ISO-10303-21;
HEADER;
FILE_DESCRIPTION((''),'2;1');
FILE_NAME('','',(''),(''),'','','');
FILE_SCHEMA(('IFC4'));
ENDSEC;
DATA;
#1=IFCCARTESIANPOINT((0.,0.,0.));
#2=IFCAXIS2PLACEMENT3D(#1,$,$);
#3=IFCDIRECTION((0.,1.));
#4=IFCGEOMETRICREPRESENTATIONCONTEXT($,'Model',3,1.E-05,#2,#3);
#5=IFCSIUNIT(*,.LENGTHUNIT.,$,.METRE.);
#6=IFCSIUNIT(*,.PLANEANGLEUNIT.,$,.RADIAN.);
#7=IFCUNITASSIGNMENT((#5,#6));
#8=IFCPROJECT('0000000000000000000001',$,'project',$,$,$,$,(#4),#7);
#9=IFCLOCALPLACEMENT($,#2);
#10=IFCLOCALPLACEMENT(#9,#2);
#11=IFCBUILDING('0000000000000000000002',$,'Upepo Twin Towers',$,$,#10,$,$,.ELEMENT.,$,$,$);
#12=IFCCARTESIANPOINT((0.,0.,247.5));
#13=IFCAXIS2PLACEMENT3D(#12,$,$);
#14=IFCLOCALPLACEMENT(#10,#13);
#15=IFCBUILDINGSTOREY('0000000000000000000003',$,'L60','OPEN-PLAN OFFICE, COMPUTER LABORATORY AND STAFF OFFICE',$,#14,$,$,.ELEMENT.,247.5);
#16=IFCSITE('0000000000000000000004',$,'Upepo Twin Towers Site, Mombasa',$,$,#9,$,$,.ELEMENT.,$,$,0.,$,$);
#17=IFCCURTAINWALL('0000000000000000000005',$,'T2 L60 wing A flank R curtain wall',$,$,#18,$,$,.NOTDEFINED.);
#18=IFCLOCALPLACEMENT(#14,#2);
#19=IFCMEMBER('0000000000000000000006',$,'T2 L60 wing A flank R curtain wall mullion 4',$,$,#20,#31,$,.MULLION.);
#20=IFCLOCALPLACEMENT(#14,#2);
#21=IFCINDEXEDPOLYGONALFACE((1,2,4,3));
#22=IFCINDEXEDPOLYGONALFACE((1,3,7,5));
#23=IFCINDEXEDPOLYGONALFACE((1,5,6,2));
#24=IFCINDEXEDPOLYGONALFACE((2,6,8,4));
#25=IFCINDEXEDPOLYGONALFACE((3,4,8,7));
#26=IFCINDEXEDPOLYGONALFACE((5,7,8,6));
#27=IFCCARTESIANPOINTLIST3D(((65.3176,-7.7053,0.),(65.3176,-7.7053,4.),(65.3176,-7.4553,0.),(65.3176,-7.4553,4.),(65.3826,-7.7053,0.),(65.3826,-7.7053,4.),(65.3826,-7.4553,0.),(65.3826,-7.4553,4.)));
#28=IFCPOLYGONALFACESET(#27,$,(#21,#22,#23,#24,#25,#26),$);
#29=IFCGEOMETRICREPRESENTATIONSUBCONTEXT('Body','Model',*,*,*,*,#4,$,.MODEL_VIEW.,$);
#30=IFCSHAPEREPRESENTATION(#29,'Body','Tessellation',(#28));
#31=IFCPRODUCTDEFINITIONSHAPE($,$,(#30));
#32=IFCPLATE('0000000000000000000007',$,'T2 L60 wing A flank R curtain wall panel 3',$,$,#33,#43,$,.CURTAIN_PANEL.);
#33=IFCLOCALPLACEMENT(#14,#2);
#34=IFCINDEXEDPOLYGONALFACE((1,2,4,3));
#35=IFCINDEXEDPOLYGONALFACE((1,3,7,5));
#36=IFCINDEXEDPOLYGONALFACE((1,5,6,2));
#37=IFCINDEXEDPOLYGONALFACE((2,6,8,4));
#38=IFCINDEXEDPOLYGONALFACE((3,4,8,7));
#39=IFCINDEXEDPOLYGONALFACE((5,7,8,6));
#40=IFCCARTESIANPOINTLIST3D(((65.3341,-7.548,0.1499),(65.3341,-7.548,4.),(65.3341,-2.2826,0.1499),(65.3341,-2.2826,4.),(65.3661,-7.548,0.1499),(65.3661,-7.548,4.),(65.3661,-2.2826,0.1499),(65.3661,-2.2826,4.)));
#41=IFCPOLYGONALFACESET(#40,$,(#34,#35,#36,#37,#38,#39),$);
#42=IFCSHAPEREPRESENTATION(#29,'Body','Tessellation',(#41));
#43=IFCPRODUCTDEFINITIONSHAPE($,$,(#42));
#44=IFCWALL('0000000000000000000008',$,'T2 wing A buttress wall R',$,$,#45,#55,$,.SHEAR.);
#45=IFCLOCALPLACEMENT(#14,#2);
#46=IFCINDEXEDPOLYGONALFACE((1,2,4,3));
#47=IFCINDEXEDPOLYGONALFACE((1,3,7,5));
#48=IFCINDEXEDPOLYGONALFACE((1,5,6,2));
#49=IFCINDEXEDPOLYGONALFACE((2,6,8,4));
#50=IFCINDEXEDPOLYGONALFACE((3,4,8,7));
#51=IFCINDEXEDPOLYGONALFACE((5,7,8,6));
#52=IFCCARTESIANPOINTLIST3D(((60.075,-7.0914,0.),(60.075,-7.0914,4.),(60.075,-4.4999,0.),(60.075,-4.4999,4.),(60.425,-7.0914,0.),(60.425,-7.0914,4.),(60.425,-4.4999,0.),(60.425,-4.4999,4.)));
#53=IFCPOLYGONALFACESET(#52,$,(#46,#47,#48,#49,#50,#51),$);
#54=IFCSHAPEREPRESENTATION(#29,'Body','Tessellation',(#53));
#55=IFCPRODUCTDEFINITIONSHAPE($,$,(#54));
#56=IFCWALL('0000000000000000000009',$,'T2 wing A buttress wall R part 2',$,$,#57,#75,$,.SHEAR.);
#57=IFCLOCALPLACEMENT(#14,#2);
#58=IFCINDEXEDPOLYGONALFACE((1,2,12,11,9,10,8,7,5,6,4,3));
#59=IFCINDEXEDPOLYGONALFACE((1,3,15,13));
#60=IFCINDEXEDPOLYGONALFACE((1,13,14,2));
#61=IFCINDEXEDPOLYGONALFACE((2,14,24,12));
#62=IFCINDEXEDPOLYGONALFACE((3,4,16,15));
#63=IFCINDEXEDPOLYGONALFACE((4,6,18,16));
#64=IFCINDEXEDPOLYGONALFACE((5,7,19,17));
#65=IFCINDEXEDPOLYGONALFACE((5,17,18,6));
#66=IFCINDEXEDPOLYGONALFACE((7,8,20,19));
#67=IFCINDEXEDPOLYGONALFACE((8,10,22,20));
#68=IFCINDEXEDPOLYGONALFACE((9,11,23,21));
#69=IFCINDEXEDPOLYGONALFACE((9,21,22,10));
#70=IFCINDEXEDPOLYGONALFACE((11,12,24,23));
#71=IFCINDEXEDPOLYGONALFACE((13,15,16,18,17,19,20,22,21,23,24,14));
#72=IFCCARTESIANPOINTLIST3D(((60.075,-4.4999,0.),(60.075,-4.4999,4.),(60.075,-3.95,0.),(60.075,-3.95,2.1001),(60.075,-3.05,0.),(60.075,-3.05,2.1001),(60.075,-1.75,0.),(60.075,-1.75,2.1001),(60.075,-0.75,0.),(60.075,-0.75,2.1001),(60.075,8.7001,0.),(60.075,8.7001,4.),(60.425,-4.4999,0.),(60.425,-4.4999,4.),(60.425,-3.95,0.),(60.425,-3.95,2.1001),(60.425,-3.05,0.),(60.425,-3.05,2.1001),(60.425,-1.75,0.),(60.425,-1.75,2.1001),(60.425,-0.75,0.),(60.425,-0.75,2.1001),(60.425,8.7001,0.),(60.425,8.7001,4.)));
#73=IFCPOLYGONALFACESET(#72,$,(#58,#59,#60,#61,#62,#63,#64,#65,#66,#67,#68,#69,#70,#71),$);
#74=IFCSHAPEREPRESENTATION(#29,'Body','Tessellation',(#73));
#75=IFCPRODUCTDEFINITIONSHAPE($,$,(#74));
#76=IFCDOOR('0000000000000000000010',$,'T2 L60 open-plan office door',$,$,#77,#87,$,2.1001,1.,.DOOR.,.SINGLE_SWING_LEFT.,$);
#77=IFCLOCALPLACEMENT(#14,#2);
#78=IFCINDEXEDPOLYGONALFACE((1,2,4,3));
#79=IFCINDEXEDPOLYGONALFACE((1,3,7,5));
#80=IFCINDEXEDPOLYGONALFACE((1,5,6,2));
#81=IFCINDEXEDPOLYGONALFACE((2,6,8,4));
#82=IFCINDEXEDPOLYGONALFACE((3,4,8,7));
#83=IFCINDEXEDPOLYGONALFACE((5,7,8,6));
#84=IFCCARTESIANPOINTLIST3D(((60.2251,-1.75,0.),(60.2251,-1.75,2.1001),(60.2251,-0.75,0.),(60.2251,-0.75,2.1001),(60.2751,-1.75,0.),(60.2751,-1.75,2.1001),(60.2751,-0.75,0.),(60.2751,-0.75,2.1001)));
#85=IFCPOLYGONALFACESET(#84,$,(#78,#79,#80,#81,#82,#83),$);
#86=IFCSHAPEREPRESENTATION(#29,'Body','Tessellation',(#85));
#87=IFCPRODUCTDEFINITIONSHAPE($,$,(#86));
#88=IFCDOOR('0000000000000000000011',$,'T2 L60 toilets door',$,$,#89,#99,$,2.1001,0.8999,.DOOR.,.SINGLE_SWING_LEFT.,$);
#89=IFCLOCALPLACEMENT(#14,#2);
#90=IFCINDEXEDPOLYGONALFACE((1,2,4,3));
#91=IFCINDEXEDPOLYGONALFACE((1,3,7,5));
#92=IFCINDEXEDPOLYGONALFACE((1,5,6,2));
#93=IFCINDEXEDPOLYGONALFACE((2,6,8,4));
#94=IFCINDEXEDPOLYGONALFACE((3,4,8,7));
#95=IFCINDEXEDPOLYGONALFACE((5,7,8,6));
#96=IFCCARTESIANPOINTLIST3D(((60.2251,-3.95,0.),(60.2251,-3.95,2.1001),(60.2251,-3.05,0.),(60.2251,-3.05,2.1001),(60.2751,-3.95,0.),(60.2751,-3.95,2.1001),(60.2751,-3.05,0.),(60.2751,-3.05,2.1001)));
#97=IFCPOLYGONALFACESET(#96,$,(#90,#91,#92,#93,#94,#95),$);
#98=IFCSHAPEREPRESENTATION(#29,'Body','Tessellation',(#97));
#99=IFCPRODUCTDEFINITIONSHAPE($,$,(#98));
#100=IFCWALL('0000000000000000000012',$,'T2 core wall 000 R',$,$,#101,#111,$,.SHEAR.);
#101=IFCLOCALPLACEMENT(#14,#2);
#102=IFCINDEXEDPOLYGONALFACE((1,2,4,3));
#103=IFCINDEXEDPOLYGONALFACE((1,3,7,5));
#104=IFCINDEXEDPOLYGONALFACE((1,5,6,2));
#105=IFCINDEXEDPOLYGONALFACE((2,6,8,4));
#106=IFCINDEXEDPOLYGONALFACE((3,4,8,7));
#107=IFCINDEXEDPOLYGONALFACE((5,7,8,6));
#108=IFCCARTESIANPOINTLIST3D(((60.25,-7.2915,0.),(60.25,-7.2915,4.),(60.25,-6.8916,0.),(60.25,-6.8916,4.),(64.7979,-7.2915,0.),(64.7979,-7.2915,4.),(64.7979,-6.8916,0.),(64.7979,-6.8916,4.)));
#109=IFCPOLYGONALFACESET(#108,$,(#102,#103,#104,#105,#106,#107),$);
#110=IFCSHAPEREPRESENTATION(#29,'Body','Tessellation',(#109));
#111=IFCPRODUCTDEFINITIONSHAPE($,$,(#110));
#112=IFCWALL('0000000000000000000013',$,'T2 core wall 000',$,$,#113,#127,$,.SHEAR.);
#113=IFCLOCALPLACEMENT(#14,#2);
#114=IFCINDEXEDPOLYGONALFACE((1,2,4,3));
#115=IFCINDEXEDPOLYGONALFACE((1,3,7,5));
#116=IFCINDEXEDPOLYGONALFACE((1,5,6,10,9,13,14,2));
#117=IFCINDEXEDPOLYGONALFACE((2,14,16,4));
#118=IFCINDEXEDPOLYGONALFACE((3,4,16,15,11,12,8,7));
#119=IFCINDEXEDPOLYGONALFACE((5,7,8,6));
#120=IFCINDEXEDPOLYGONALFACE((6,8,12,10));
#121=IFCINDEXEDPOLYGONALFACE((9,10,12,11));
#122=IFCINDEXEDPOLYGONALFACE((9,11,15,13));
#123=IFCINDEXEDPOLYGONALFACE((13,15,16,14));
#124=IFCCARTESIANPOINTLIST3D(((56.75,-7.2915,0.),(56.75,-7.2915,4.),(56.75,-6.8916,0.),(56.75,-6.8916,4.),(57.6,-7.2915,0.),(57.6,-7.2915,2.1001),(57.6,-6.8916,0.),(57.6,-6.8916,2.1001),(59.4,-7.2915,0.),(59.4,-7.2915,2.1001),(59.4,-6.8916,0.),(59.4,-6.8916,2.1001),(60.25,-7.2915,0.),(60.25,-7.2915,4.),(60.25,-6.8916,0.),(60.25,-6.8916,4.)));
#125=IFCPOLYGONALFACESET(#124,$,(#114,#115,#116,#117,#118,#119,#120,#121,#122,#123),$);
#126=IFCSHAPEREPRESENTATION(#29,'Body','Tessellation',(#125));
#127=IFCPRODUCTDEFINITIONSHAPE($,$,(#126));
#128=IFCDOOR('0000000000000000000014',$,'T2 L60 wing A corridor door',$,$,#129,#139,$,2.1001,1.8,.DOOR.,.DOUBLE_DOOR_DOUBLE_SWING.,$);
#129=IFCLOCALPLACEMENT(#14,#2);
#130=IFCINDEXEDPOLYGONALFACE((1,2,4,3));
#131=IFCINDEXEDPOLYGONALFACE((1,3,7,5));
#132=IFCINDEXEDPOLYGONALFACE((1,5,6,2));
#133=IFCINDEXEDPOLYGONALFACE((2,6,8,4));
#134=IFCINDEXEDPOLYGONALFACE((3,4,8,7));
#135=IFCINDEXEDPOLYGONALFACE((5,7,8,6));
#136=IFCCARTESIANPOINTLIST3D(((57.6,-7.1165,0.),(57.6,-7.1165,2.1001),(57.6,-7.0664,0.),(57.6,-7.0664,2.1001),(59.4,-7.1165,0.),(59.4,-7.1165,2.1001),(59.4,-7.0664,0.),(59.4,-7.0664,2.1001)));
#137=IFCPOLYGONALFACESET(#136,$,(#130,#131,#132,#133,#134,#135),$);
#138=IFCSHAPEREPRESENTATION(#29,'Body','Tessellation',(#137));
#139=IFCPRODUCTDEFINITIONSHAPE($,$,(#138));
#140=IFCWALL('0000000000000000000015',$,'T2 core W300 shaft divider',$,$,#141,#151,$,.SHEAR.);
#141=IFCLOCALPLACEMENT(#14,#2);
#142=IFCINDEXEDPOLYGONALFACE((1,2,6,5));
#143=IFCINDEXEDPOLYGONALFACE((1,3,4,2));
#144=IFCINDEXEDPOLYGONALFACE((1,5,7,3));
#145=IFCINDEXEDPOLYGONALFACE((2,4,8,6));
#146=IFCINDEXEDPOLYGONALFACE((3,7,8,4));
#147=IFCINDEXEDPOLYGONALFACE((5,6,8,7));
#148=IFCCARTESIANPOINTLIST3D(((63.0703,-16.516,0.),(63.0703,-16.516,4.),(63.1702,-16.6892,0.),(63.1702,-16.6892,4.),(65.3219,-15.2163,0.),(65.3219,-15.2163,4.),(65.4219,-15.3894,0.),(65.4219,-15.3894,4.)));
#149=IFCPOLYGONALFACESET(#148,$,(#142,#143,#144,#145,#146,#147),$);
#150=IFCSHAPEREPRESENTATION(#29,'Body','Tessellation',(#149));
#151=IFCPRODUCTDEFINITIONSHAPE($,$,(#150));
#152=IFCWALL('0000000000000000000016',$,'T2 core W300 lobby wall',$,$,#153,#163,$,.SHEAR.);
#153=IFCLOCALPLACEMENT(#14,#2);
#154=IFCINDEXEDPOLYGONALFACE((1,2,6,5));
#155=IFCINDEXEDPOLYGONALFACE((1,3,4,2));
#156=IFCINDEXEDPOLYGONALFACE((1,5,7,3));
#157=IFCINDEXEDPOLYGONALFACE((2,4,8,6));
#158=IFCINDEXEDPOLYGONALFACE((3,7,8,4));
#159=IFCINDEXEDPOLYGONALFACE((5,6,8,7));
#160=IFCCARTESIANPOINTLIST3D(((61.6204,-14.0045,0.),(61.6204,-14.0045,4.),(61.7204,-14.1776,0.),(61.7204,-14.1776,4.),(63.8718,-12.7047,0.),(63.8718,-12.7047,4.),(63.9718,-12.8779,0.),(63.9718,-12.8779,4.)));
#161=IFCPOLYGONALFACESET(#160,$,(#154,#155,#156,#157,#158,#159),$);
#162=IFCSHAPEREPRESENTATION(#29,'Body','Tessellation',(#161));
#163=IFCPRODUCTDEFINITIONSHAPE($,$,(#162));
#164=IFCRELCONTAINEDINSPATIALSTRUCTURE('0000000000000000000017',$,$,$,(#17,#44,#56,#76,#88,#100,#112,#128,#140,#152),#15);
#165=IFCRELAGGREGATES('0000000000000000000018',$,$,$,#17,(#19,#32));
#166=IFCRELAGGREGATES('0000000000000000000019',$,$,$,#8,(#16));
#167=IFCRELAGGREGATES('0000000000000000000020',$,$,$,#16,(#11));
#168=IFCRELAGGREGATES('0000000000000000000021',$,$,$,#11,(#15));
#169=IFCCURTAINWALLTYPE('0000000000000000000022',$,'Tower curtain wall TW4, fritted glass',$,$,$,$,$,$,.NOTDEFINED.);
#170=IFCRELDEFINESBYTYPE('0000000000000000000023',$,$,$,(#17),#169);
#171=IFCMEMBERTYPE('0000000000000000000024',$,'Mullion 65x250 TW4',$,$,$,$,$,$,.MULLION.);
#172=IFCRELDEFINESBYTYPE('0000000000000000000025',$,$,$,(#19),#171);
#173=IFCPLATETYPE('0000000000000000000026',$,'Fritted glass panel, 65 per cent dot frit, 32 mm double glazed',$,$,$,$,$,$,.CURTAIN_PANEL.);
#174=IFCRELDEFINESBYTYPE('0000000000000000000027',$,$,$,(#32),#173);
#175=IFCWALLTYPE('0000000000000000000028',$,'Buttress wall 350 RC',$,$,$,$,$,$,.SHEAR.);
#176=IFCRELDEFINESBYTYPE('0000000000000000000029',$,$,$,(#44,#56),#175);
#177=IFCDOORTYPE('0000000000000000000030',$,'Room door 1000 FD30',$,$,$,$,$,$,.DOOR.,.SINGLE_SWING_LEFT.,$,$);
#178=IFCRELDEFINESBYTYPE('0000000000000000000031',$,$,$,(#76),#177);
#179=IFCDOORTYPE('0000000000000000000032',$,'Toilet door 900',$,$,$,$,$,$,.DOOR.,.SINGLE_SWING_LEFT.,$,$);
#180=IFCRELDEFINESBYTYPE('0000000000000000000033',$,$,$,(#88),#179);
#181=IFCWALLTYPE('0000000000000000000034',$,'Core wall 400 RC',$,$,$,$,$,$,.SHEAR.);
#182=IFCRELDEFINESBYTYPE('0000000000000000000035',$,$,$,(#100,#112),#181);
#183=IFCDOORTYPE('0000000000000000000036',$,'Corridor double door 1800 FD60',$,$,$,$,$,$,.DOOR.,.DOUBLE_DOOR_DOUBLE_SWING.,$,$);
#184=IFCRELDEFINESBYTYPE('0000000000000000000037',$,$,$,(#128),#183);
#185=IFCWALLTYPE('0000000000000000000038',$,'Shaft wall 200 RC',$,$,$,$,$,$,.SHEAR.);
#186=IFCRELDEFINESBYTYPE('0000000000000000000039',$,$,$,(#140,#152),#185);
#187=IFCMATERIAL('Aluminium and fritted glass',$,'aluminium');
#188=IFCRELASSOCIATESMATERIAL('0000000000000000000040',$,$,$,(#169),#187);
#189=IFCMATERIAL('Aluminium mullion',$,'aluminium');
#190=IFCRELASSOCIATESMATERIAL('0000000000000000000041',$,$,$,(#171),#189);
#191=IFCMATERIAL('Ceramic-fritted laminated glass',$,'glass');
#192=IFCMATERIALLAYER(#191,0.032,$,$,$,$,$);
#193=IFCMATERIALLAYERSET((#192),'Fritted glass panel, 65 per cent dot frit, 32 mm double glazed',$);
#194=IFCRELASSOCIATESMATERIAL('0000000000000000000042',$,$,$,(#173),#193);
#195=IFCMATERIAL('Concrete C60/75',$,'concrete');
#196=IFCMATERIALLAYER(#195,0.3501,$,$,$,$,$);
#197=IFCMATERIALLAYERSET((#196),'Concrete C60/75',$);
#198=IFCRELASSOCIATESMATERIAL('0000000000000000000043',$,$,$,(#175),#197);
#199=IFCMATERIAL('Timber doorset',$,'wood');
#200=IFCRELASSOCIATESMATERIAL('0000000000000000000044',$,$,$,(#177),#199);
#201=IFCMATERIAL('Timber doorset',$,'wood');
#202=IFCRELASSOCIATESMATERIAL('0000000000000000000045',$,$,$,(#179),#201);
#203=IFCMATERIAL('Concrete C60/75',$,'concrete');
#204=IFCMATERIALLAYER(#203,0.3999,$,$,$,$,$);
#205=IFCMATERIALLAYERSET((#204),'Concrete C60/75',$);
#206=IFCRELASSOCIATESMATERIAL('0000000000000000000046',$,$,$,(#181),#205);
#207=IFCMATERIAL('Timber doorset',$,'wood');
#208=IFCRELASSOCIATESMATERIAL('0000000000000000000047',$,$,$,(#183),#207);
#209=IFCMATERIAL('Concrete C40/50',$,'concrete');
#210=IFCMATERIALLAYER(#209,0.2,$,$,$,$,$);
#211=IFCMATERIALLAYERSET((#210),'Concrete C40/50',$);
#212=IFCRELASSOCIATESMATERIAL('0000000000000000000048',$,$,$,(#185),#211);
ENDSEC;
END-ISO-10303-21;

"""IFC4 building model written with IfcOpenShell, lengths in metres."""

from ifc_helpers import new_model, si_unit, direction, frame, frame_2d, origin, origin_2d, place, context, subcontext, project, spatial, rectangle, extrude, material, layer, layer_set, material_profile, profile_set, type_object, element, fill, aggregate, save


model = new_model("IFC4")

# Units and contexts
model_context = context("Model", 3, precision=1e-05, world=origin(), true_north=direction((0.0, 1.0)))
body_context = subcontext(model_context, "Body", "Model", "MODEL_VIEW")
ifc_project = project(units=[si_unit("LENGTHUNIT", "METRE"), si_unit("PLANEANGLEUNIT", "RADIAN")], contexts=[model_context])

# Site, building, storey
site_placement = place(None, origin())
site = spatial("IfcSite", under=ifc_project, at=site_placement, Name="Upepo Twin Towers Site, Mombasa", CompositionType="ELEMENT", RefElevation=0.0)
building_placement = place(site_placement, origin())
building = spatial("IfcBuilding", under=site, at=building_placement, Name="Upepo Twin Towers", CompositionType="ELEMENT")
storey_placement = place(building_placement, frame((0.0, 0.0, 247.5)))
storey = spatial("IfcBuildingStorey", under=building, at=storey_placement, Name="L60", Description="OPEN-PLAN OFFICE, COMPUTER LABORATORY AND STAFF OFFICE", CompositionType="ELEMENT", Elevation=247.5)

# Curtain wall, member, plate
ifc_material_1 = material(Name="Aluminium and fritted glass", Category="aluminium")
curtain_wall_type = type_object("IfcCurtainWallType", Name="Tower curtain wall TW4, fritted glass", PredefinedType="NOTDEFINED", material=ifc_material_1)
curtain_wall_placement = place(storey_placement, origin())
curtain_wall = element("IfcCurtainWall", 1, at=curtain_wall_placement, inside=storey, type_object=curtain_wall_type, Name="T2 L60 wing A flank R curtain wall", PredefinedType="NOTDEFINED")
ifc_material_2 = material(Name="Aluminium mullion", Category="aluminium")
ifc_material_profile = material_profile(ifc_material_2, rectangle(XDim=0.0649, YDim=0.25, at=origin_2d()), Name="MULLION 65x250")
ifc_profile_set = profile_set([ifc_material_profile], Name="Aluminium mullion")
member_type = type_object("IfcMemberType", Name="Mullion 65x250 TW4", PredefinedType="MULLION", material=ifc_profile_set)
member_placement = place(storey_placement, frame((65.3501, -7.5803, 0.0), z_axis=(0.0, 0.0, 1.0), x_axis=(1.0, 0.0, 0.0)))
member = element("IfcMember", 2, at=member_placement, type_object=member_type, Name="T2 L60 wing A flank R curtain wall mullion 4", PredefinedType="MULLION", context=body_context, shape_type="SweptSolid", body=[
    extrude(rectangle(XDim=0.0649, YDim=0.25, at=origin_2d()), origin(), (0.0, 0.0, 1.0), 4.0),
])
ifc_material_3 = material(Name="Ceramic-fritted laminated glass", Category="glass")
ifc_layer_1 = layer(ifc_material_3, 0.032)
ifc_layer_set_1 = layer_set([ifc_layer_1], Name="Fritted glass panel, 65 per cent dot frit, 32 mm double glazed")
plate_type = type_object("IfcPlateType", Name="Fritted glass panel, 65 per cent dot frit, 32 mm double glazed", PredefinedType="CURTAIN_PANEL", material=ifc_layer_set_1)
plate_placement = place(storey_placement, frame((65.3501, -4.9153, 0.1499), z_axis=(0.0, 0.0, 1.0), x_axis=(0.0, -1.0, 0.0)))
plate = element("IfcPlate", 3, at=plate_placement, type_object=plate_type, Name="T2 L60 wing A flank R curtain wall panel 3", PredefinedType="CURTAIN_PANEL", context=body_context, shape_type="SweptSolid", body=[
    extrude(rectangle(XDim=5.2654, YDim=0.032, at=origin_2d()), origin(), (0.0, 0.0, 1.0), 3.8501),
])
aggregate(curtain_wall, [member, plate])

# Wall
ifc_material_4 = material(Name="Concrete C60/75", Category="concrete")
ifc_layer_2 = layer(ifc_material_4, 0.3501)
ifc_layer_set_2 = layer_set([ifc_layer_2], Name="Concrete C60/75")
wall_type_1 = type_object("IfcWallType", Name="Buttress wall 350 RC", PredefinedType="SHEAR", material=ifc_layer_set_2)
wall_1_placement = place(storey_placement, frame((60.25, -7.0916, 0.0), z_axis=(0.0, 0.0, 1.0), x_axis=(0.0, 1.0, 0.0)))
element("IfcWall", 4, at=wall_1_placement, inside=storey, type_object=wall_type_1, Name="T2 wing A buttress wall R", PredefinedType="SHEAR", context=body_context, shape_type="SweptSolid", body=[
    extrude(rectangle(XDim=2.5916, YDim=0.3501, at=frame_2d((1.2959, 0.0))), origin(), (0.0, 0.0, 1.0), 4.0),
])

# Wall, openings, doors
wall_2_placement = place(storey_placement, frame((60.25, -4.5, 0.0), z_axis=(0.0, 0.0, 1.0), x_axis=(0.0, 1.0, 0.0)))
wall_2 = element("IfcWall", 5, at=wall_2_placement, inside=storey, type_object=wall_type_1, Name="T2 wing A buttress wall R part 2", PredefinedType="SHEAR", context=body_context, shape_type="SweptSolid", body=[
    extrude(rectangle(XDim=13.2, YDim=0.3501, at=frame_2d((6.6001, 0.0))), origin(), (0.0, 0.0, 1.0), 4.0),
])
opening_1_placement = place(wall_2_placement, frame((0.55, 0.0, 0.0)))
opening_1 = element("IfcOpeningElement", 6, at=opening_1_placement, cuts=wall_2, PredefinedType="OPENING", context=body_context, shape_type="SweptSolid", body=[
    extrude(rectangle(XDim=0.8999, YDim=2.1001, at=frame_2d((0.45, 1.05))), frame((0.0, 0.1851, 0.0), z_axis=(0.0, -1.0, 0.0), x_axis=(1.0, 0.0, 0.0)), (0.0, 0.0, 1.0), 0.3701),
])
opening_2_placement = place(wall_2_placement, frame((2.75, 0.0, 0.0)))
opening_2 = element("IfcOpeningElement", 7, at=opening_2_placement, cuts=wall_2, PredefinedType="OPENING", context=body_context, shape_type="SweptSolid", body=[
    extrude(rectangle(XDim=1.0, YDim=2.1001, at=frame_2d((0.5, 1.05))), frame((0.0, 0.1851, 0.0), z_axis=(0.0, -1.0, 0.0), x_axis=(1.0, 0.0, 0.0)), (0.0, 0.0, 1.0), 0.3701),
])
ifc_material_5 = material(Name="Timber doorset", Category="wood")
door_type_1 = type_object("IfcDoorType", Name="Room door 1000 FD30", OperationType="SINGLE_SWING_LEFT", PredefinedType="DOOR", material=ifc_material_5)
door_1_placement = place(opening_2_placement, origin())
door_1 = element("IfcDoor", 8, at=door_1_placement, inside=storey, type_object=door_type_1, Name="T2 L60 open-plan office door", OperationType="SINGLE_SWING_LEFT", OverallHeight=2.1001, OverallWidth=1.0, PredefinedType="DOOR", context=body_context, shape_type="SweptSolid", body=[
    extrude(rectangle(XDim=1.0, YDim=2.1001, at=frame_2d((0.5, 1.05))), frame((0.0, 0.0249, 0.0), z_axis=(0.0, -1.0, 0.0), x_axis=(1.0, 0.0, 0.0)), (0.0, 0.0, 1.0), 0.05),
])
fill(opening_2, door_1)
ifc_material_6 = material(Name="Timber doorset", Category="wood")
door_type_2 = type_object("IfcDoorType", Name="Toilet door 900", OperationType="SINGLE_SWING_LEFT", PredefinedType="DOOR", material=ifc_material_6)
door_2_placement = place(opening_1_placement, origin())
door_2 = element("IfcDoor", 9, at=door_2_placement, inside=storey, type_object=door_type_2, Name="T2 L60 toilets door", OperationType="SINGLE_SWING_LEFT", OverallHeight=2.1001, OverallWidth=0.8999, PredefinedType="DOOR", context=body_context, shape_type="SweptSolid", body=[
    extrude(rectangle(XDim=0.8999, YDim=2.1001, at=frame_2d((0.45, 1.05))), frame((0.0, 0.0249, 0.0), z_axis=(0.0, -1.0, 0.0), x_axis=(1.0, 0.0, 0.0)), (0.0, 0.0, 1.0), 0.05),
])
fill(opening_1, door_2)

# Wall
ifc_material_7 = material(Name="Concrete C60/75", Category="concrete")
ifc_layer_3 = layer(ifc_material_7, 0.3999)
ifc_layer_set_3 = layer_set([ifc_layer_3], Name="Concrete C60/75")
wall_type_2 = type_object("IfcWallType", Name="Core wall 400 RC", PredefinedType="SHEAR", material=ifc_layer_set_3)
wall_3_placement = place(storey_placement, frame((64.7979, -7.0916, 0.0), z_axis=(0.0, 0.0, 1.0), x_axis=(-1.0, 0.0, 0.0)))
element("IfcWall", 10, at=wall_3_placement, inside=storey, type_object=wall_type_2, Name="T2 core wall 000 R", PredefinedType="SHEAR", context=body_context, shape_type="SweptSolid", body=[
    extrude(rectangle(XDim=4.5479, YDim=0.3999, at=frame_2d((2.2739, 0.0))), origin(), (0.0, 0.0, 1.0), 4.0),
])

# Wall, opening, door
wall_4_placement = place(storey_placement, frame((60.25, -7.0916, 0.0), z_axis=(0.0, 0.0, 1.0), x_axis=(-1.0, 0.0, 0.0)))
wall_4 = element("IfcWall", 11, at=wall_4_placement, inside=storey, type_object=wall_type_2, Name="T2 core wall 000", PredefinedType="SHEAR", context=body_context, shape_type="SweptSolid", body=[
    extrude(rectangle(XDim=3.5, YDim=0.3999, at=frame_2d((1.75, 0.0))), origin(), (0.0, 0.0, 1.0), 4.0),
])
opening_3_placement = place(wall_4_placement, frame((0.8501, 0.0, 0.0)))
opening_3 = element("IfcOpeningElement", 12, at=opening_3_placement, cuts=wall_4, PredefinedType="OPENING", context=body_context, shape_type="SweptSolid", body=[
    extrude(rectangle(XDim=1.8, YDim=2.1001, at=frame_2d((0.8999, 1.05))), frame((0.0, 0.21, 0.0), z_axis=(0.0, -1.0, 0.0), x_axis=(1.0, 0.0, 0.0)), (0.0, 0.0, 1.0), 0.4199),
])
ifc_material_8 = material(Name="Timber doorset", Category="wood")
door_type_3 = type_object("IfcDoorType", Name="Corridor double door 1800 FD60", OperationType="DOUBLE_DOOR_DOUBLE_SWING", PredefinedType="DOOR", material=ifc_material_8)
door_3_placement = place(opening_3_placement, origin())
door_3 = element("IfcDoor", 13, at=door_3_placement, inside=storey, type_object=door_type_3, Name="T2 L60 wing A corridor door", OperationType="DOUBLE_DOOR_DOUBLE_SWING", OverallHeight=2.1001, OverallWidth=1.8, PredefinedType="DOOR", context=body_context, shape_type="SweptSolid", body=[
    extrude(rectangle(XDim=1.8, YDim=2.1001, at=frame_2d((0.8999, 1.05))), frame((0.0, 0.0249, 0.0), z_axis=(0.0, -1.0, 0.0), x_axis=(1.0, 0.0, 0.0)), (0.0, 0.0, 1.0), 0.05),
])
fill(opening_3, door_3)

# Walls
ifc_material_9 = material(Name="Concrete C40/50", Category="concrete")
ifc_layer_4 = layer(ifc_material_9, 0.2)
ifc_layer_set_4 = layer_set([ifc_layer_4], Name="Concrete C40/50")
wall_type_3 = type_object("IfcWallType", Name="Shaft wall 200 RC", PredefinedType="SHEAR", material=ifc_layer_set_4)
wall_5_placement = place(storey_placement, frame((63.1204, -16.6025, 0.0), z_axis=(0.0, 0.0, 1.0), x_axis=(0.866062, 0.499937, 0.0)))
element("IfcWall", 14, at=wall_5_placement, inside=storey, type_object=wall_type_3, Name="T2 core W300 shaft divider", PredefinedType="SHEAR", context=body_context, shape_type="SweptSolid", body=[
    extrude(rectangle(XDim=2.5999, YDim=0.2, at=frame_2d((1.2998, 0.0))), origin(), (0.0, 0.0, 1.0), 4.0),
])
wall_6_placement = place(storey_placement, frame((61.6704, -14.0911, 0.0), z_axis=(0.0, 0.0, 1.0), x_axis=(0.866039, 0.499977, 0.0)))
element("IfcWall", 15, at=wall_6_placement, inside=storey, type_object=wall_type_3, Name="T2 core W300 lobby wall", PredefinedType="SHEAR", context=body_context, shape_type="SweptSolid", body=[
    extrude(rectangle(XDim=2.5996, YDim=0.2, at=frame_2d((1.2998, 0.0))), origin(), (0.0, 0.0, 1.0), 4.0),
])

save(model, "model.ifc")
